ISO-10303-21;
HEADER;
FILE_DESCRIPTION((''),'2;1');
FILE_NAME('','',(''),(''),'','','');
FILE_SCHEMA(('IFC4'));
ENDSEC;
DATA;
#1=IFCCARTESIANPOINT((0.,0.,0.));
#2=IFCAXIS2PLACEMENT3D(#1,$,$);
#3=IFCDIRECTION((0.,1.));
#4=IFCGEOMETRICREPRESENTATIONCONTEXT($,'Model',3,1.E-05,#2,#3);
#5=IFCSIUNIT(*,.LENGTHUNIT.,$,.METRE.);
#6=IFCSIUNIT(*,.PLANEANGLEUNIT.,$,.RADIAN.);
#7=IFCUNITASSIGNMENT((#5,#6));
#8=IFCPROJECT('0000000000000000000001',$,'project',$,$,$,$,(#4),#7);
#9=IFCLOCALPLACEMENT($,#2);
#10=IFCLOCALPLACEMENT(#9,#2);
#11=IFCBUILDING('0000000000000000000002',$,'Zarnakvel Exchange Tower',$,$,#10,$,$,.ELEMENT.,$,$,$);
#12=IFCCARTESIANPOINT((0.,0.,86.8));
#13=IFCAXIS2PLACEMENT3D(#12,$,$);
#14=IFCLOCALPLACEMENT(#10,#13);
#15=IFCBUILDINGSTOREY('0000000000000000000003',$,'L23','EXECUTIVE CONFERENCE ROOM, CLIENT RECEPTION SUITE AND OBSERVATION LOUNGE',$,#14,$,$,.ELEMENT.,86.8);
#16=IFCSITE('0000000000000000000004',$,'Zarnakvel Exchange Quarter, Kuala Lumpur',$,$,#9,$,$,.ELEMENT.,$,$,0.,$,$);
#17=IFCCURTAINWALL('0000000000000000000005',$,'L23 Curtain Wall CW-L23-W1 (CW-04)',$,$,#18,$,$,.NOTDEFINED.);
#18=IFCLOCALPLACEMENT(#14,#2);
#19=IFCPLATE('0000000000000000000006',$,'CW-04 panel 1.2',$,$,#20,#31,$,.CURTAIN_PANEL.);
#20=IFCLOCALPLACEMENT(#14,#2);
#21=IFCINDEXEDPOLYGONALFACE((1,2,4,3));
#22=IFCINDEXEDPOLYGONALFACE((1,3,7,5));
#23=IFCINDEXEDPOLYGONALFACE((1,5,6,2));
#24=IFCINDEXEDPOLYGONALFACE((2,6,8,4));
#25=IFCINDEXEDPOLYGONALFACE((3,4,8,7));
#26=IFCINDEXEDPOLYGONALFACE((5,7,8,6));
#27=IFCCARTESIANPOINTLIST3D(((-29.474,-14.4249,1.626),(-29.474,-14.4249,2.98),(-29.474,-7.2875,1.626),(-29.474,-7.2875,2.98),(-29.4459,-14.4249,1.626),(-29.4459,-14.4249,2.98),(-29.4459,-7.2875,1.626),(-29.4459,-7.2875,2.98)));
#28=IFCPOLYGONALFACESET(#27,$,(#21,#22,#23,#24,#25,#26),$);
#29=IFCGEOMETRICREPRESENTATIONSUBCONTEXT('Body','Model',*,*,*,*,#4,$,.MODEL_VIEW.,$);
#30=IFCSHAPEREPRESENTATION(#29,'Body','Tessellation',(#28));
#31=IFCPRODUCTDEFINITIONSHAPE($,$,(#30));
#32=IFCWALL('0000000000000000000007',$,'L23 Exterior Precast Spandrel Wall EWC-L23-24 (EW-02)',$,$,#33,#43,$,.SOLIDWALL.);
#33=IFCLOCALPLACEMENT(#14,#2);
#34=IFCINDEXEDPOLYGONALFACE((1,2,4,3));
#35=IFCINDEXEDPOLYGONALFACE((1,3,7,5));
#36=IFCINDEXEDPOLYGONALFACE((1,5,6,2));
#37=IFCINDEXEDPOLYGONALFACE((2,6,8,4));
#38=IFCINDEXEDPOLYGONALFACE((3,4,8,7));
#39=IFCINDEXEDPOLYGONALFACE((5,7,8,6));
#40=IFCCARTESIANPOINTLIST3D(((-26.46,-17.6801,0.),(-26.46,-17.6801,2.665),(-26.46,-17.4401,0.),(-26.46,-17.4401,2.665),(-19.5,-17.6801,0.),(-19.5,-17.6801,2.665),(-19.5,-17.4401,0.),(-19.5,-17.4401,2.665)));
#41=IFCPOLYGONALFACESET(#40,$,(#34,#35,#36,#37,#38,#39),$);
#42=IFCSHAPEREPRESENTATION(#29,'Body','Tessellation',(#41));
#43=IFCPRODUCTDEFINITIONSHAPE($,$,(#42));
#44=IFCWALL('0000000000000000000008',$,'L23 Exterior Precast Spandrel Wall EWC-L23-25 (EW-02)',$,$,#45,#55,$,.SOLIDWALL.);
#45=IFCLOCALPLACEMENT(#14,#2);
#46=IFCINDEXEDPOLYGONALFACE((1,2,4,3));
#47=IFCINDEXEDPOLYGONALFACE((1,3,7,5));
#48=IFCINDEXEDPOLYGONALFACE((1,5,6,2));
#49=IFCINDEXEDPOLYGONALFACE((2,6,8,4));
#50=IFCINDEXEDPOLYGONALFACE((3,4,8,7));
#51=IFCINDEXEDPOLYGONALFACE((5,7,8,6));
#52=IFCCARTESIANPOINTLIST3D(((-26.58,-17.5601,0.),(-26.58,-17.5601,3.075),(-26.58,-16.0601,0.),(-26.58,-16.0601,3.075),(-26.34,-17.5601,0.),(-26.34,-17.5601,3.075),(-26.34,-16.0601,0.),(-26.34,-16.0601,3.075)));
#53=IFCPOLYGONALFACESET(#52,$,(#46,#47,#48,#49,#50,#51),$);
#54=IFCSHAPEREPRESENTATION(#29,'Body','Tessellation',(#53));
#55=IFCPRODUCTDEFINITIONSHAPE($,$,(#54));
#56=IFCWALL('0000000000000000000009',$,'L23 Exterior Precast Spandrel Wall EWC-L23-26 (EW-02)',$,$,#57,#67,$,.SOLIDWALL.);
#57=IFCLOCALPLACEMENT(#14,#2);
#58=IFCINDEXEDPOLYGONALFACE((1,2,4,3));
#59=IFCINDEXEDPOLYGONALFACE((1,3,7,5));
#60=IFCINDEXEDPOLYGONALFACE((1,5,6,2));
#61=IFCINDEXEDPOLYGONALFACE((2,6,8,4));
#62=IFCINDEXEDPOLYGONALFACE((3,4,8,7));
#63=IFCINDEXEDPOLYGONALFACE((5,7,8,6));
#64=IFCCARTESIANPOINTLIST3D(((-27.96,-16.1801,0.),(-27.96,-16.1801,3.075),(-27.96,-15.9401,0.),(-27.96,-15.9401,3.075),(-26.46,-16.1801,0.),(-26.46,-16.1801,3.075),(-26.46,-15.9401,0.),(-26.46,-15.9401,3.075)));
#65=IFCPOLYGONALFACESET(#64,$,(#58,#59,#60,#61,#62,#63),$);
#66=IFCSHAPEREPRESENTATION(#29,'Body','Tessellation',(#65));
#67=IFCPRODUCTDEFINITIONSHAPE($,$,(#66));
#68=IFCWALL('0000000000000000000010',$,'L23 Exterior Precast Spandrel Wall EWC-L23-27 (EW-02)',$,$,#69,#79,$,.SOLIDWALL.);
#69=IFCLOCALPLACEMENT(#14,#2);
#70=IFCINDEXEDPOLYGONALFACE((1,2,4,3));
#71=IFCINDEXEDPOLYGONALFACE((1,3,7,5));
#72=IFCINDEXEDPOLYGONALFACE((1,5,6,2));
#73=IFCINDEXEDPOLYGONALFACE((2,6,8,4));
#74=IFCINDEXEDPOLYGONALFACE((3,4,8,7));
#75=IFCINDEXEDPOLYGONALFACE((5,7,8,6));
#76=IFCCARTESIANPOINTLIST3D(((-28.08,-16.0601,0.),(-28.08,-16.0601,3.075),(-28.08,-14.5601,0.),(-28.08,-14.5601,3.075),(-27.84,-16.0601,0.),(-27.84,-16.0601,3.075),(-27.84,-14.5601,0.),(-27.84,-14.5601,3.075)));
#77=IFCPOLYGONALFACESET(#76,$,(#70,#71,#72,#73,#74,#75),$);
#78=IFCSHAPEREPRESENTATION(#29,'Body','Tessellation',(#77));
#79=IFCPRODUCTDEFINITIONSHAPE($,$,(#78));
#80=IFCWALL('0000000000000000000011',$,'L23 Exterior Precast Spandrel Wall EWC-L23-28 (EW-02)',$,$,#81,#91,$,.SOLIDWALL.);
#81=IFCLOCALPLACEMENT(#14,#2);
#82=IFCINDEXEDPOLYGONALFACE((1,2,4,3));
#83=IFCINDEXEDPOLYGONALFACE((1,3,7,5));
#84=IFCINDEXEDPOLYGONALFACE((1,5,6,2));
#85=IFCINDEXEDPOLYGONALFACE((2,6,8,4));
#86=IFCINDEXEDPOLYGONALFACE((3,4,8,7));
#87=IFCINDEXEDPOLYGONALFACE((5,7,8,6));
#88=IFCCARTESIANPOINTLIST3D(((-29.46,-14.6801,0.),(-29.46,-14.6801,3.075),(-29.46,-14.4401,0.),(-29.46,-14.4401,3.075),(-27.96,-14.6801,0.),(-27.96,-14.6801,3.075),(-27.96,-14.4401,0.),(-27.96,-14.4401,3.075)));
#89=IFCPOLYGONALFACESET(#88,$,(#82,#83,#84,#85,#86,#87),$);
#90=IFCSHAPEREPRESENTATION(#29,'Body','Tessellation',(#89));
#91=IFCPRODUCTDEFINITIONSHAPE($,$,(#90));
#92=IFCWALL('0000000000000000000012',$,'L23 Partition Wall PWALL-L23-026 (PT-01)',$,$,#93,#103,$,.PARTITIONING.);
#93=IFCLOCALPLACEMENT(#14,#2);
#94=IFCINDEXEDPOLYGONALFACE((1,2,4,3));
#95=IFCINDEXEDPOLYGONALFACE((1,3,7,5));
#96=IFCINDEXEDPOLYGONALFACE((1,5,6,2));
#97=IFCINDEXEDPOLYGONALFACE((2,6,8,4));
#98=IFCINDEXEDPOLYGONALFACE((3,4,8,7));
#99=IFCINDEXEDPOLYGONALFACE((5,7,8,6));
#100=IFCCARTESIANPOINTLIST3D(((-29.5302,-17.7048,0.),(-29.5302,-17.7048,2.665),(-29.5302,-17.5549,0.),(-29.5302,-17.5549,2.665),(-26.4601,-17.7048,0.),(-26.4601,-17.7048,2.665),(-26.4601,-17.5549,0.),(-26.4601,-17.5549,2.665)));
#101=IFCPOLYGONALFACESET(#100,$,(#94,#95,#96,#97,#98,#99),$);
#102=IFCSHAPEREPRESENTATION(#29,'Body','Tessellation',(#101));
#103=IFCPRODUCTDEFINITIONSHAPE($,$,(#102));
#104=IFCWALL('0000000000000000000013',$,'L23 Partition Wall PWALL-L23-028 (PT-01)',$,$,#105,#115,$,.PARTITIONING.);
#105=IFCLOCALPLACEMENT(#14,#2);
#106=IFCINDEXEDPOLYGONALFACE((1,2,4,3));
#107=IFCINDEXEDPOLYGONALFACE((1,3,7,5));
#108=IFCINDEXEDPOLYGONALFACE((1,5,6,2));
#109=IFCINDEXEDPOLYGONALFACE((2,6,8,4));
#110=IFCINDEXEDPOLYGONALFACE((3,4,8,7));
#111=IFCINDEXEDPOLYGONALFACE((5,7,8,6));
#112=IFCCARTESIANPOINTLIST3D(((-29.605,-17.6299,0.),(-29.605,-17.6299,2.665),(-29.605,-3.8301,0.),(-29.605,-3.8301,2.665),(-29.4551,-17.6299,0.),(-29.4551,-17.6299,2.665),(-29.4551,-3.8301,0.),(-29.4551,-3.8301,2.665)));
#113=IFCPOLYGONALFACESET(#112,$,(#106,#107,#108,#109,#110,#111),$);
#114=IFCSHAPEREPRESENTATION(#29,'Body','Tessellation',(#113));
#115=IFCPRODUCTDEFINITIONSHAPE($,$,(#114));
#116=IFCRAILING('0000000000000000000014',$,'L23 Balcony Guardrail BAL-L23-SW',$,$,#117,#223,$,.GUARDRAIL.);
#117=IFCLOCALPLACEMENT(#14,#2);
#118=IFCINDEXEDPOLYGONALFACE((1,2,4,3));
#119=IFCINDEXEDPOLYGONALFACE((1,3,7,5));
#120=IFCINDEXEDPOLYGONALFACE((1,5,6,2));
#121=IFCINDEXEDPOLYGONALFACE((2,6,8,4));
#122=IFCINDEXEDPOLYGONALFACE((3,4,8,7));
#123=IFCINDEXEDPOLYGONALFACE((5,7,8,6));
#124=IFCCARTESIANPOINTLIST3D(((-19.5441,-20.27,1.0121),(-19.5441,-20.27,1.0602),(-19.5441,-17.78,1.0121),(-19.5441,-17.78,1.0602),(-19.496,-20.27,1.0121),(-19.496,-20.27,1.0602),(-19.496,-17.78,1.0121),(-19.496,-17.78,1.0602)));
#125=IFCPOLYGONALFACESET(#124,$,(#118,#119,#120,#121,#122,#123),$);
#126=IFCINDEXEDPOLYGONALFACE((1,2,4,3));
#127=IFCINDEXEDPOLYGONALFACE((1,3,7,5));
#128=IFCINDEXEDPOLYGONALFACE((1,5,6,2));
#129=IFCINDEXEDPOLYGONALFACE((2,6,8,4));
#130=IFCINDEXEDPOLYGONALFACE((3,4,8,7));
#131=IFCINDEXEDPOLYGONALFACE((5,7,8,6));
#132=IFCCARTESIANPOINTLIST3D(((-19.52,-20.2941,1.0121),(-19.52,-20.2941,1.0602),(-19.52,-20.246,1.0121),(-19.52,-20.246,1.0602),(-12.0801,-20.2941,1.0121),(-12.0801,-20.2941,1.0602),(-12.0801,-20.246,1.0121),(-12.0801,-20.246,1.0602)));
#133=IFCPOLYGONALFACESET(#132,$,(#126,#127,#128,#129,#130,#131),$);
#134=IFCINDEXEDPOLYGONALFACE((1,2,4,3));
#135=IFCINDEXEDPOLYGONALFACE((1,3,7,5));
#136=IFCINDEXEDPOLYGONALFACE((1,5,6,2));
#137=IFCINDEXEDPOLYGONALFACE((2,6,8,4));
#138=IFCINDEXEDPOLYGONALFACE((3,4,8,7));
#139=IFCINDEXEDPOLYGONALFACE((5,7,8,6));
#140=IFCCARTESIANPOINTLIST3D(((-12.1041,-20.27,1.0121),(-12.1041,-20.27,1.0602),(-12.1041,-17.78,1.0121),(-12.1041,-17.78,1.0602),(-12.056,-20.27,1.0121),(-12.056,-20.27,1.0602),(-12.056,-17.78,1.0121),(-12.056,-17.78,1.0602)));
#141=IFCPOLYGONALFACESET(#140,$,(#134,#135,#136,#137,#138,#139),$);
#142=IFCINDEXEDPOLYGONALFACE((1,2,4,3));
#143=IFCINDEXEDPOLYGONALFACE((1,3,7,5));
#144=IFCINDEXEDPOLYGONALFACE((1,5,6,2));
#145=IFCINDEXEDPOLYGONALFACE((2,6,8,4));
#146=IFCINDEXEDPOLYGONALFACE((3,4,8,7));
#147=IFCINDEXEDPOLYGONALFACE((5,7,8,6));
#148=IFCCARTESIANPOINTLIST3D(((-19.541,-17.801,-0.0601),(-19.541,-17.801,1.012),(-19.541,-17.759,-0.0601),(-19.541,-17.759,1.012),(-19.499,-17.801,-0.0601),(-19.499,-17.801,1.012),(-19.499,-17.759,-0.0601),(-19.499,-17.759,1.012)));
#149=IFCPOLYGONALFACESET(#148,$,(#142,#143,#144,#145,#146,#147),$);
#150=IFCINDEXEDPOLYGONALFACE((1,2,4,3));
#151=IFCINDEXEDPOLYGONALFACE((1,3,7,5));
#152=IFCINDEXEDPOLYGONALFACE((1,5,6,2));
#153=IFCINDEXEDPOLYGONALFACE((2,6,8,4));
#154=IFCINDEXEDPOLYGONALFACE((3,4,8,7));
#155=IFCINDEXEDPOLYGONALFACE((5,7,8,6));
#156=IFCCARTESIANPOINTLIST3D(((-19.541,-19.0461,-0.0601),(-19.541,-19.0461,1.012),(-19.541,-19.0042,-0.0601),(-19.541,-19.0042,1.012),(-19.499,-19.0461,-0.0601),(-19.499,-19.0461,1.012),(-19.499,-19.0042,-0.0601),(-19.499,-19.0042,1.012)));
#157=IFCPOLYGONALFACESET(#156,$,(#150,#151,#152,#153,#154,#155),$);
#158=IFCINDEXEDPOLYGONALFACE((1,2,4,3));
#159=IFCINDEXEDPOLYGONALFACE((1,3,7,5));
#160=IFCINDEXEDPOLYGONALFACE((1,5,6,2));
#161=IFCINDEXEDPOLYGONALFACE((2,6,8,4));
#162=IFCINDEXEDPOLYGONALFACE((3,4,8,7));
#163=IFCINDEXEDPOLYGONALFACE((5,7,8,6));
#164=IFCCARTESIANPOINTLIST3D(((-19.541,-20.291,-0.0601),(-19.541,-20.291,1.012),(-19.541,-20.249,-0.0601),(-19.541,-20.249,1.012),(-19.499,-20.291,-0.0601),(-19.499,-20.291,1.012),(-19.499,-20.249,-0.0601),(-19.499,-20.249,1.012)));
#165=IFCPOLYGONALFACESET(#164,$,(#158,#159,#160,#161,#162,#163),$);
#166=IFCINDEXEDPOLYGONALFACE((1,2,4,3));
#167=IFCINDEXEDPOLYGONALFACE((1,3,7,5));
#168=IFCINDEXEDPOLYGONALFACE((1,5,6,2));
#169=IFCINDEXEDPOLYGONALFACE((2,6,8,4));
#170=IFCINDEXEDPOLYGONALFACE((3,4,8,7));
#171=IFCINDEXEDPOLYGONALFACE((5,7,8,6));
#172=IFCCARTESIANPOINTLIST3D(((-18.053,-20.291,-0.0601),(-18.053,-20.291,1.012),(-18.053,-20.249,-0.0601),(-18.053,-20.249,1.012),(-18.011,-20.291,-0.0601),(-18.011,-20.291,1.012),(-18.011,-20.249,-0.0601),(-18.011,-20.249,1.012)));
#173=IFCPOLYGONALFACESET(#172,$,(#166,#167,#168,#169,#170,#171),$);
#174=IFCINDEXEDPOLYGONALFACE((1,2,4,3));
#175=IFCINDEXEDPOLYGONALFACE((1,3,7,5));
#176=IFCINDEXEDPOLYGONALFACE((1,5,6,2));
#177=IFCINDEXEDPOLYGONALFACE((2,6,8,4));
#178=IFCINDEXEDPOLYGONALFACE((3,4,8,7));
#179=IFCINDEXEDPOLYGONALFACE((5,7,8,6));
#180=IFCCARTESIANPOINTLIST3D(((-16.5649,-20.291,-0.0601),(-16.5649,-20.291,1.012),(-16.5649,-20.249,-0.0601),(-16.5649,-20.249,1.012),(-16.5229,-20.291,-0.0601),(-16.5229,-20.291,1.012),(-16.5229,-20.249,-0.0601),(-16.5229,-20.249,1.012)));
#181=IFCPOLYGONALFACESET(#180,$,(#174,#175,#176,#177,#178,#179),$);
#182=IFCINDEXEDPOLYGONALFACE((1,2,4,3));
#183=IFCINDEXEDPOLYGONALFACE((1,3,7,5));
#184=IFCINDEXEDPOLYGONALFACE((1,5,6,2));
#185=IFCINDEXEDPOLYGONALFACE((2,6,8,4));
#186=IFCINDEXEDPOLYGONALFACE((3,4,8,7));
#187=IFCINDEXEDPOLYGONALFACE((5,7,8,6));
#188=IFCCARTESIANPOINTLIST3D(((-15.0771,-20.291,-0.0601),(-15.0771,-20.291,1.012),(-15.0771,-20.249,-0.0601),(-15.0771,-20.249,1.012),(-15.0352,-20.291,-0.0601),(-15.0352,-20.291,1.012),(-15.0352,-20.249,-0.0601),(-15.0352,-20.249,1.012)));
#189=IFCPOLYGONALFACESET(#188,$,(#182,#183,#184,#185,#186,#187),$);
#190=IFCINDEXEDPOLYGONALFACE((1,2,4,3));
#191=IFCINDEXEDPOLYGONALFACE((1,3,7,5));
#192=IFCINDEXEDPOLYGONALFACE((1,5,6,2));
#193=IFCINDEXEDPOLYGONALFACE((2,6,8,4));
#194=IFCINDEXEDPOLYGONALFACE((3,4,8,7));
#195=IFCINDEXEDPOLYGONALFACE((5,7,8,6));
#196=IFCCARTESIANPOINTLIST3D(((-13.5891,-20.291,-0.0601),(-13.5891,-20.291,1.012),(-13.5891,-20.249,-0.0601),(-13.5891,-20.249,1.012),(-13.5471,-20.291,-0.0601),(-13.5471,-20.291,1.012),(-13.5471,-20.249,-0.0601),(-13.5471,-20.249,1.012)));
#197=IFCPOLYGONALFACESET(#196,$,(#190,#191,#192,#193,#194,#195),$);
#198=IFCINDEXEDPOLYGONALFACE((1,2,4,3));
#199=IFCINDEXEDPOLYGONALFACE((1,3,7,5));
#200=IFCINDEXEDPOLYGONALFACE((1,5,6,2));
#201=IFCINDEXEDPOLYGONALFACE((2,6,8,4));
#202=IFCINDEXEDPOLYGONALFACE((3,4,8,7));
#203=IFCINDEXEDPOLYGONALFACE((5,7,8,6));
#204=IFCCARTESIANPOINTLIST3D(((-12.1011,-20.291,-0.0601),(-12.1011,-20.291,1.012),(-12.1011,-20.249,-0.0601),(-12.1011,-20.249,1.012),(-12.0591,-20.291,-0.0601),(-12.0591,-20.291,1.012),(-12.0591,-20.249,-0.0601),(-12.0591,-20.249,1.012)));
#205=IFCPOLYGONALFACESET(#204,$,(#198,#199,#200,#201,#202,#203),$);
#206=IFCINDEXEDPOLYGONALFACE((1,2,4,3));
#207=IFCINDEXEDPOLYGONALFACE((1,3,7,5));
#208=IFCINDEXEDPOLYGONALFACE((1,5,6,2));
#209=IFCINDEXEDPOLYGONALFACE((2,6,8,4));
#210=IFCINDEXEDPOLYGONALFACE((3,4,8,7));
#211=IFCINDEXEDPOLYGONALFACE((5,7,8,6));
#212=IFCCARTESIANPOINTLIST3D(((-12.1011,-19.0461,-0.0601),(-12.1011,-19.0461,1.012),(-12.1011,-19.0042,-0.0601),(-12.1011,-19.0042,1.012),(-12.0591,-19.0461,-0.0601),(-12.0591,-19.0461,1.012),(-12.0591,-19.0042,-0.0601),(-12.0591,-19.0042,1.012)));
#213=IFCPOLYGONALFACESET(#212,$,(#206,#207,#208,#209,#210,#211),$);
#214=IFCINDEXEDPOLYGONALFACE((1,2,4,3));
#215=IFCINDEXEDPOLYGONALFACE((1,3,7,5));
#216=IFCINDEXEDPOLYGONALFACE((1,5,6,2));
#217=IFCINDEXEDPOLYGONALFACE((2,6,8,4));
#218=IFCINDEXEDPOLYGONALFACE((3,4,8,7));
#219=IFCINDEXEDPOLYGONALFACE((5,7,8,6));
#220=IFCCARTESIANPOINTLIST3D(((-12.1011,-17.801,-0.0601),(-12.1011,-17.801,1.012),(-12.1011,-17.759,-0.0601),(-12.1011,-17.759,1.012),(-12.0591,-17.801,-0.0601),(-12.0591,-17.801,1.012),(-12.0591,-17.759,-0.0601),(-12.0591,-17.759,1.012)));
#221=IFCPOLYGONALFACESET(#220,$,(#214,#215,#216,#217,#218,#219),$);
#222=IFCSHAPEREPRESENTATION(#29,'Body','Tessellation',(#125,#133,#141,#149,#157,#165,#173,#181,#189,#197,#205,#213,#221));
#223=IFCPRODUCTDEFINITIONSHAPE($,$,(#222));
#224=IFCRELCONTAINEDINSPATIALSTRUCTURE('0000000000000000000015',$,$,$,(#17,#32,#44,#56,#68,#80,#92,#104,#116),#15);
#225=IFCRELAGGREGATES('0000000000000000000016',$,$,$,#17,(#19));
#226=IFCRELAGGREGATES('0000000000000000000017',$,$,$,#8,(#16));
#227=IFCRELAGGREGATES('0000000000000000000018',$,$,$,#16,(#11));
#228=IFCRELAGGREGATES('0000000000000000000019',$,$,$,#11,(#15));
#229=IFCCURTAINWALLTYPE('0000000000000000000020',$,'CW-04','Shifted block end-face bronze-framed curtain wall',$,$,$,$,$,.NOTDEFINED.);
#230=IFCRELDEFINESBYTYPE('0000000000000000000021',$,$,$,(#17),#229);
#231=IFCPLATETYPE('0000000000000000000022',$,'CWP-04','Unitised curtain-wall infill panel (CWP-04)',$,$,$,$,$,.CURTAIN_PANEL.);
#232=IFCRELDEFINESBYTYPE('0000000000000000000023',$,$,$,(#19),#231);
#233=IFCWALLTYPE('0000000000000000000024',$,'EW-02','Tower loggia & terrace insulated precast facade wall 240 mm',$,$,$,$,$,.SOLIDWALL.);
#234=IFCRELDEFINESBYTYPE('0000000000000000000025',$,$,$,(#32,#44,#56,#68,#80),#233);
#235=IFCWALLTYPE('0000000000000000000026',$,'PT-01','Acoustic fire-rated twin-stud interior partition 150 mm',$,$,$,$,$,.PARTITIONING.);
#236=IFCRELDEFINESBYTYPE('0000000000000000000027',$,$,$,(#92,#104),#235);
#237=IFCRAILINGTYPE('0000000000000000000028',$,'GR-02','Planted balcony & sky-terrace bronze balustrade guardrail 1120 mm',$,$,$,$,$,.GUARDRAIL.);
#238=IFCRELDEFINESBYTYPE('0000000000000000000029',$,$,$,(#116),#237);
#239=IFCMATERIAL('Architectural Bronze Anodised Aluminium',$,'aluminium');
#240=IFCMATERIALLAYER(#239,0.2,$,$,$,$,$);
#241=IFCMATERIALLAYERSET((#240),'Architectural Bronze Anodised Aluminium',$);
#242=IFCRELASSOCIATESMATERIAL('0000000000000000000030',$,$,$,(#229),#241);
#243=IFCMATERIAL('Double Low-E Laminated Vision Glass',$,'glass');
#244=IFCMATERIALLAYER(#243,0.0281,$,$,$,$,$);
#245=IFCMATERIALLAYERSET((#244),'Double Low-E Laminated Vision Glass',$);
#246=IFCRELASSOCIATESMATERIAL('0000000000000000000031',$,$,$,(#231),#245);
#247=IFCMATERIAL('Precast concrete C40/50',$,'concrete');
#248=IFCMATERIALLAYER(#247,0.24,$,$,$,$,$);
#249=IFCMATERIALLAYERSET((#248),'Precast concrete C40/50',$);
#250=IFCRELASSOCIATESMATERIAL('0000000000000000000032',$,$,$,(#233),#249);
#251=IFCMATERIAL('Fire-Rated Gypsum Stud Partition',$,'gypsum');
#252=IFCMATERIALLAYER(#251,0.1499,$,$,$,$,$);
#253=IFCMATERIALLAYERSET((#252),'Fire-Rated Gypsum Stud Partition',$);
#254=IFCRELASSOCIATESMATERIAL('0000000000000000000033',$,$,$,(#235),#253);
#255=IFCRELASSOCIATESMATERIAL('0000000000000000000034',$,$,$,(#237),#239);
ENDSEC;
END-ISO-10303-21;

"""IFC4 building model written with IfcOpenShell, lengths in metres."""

from ifc_helpers import new_model, si_unit, direction, frame, frame_2d, origin, origin_2d, place, context, subcontext, project, spatial, rectangle, extrude, source, transform, mapped, material, layer, layer_set, type_object, element, aggregate, save


model = new_model("IFC4")

# Units and contexts
model_context = context("Model", 3, precision=1e-05, world=origin(), true_north=direction((0.0, 1.0)))
body_context = subcontext(model_context, "Body", "Model", "MODEL_VIEW")
ifc_project = project(units=[si_unit("LENGTHUNIT", "METRE"), si_unit("PLANEANGLEUNIT", "RADIAN")], contexts=[model_context])

# Site, building, storey
site_placement = place(None, origin())
site = spatial("IfcSite", under=ifc_project, at=site_placement, Name="Zarnakvel Exchange Quarter, Kuala Lumpur", CompositionType="ELEMENT", RefElevation=0.0)
building_placement = place(site_placement, origin())
building = spatial("IfcBuilding", under=site, at=building_placement, Name="Zarnakvel Exchange Tower", CompositionType="ELEMENT")
storey_placement = place(building_placement, frame((0.0, 0.0, 86.8)))
storey = spatial("IfcBuildingStorey", under=building, at=storey_placement, Name="L23", Description="EXECUTIVE CONFERENCE ROOM, CLIENT RECEPTION SUITE AND OBSERVATION LOUNGE", CompositionType="ELEMENT", Elevation=86.8)

# Curtain wall, plate
ifc_material_1 = material(Name="Architectural Bronze Anodised Aluminium", Category="aluminium")
ifc_layer_1 = layer(ifc_material_1, 0.2)
ifc_layer_set_1 = layer_set([ifc_layer_1], Name="Architectural Bronze Anodised Aluminium")
curtain_wall_type = type_object("IfcCurtainWallType", Name="CW-04", Description="Shifted block end-face bronze-framed curtain wall", PredefinedType="NOTDEFINED", material=ifc_layer_set_1)
curtain_wall_placement = place(storey_placement, origin())
curtain_wall = element("IfcCurtainWall", 1, at=curtain_wall_placement, inside=storey, type_object=curtain_wall_type, Name="L23 Curtain Wall CW-L23-W1 (CW-04)", PredefinedType="NOTDEFINED")
ifc_material_2 = material(Name="Double Low-E Laminated Vision Glass", Category="glass")
ifc_layer_2 = layer(ifc_material_2, 0.0281)
ifc_layer_set_2 = layer_set([ifc_layer_2], Name="Double Low-E Laminated Vision Glass")
plate_type = type_object("IfcPlateType", Name="CWP-04", Description="Unitised curtain-wall infill panel (CWP-04)", PredefinedType="CURTAIN_PANEL", material=ifc_layer_set_2)
shared_shape_1 = source(origin(), body_context, "Body", "SweptSolid", [
    extrude(rectangle(XDim=7.1375, YDim=0.0281, at=origin_2d()), origin(), (0.0, 0.0, 1.0), 1.354),
])
plate_1_placement = place(storey_placement, frame((-29.46, -10.8562, 1.626), z_axis=(0.0, 0.0, 1.0), x_axis=(0.0, 1.0, 0.0)))
plate_1 = element("IfcPlate", 2, at=plate_1_placement, type_object=plate_type, Name="CW-04 panel 1.2", PredefinedType="CURTAIN_PANEL", context=body_context, shape_type="MappedRepresentation", body=[
    mapped(shared_shape_1, transform((0.0, 0.0, 0.0), x_axis=(1.0, 0.0, 0.0), y_axis=(0.0, 1.0, 0.0), z_axis=(0.0, 0.0, 1.0), scale=1.0)),
])
aggregate(curtain_wall, [plate_1])

# Walls
ifc_material_3 = material(Name="Precast concrete C40/50", Category="concrete")
ifc_layer_3 = layer(ifc_material_3, 0.24)
ifc_layer_set_3 = layer_set([ifc_layer_3], Name="Precast concrete C40/50")
wall_type_1 = type_object("IfcWallType", Name="EW-02", Description="Tower loggia & terrace insulated precast facade wall 240 mm", PredefinedType="SOLIDWALL", material=ifc_layer_set_3)
wall_1_placement = place(storey_placement, frame((-26.46, -17.5601, 0.0), z_axis=(0.0, 0.0, 1.0), x_axis=(1.0, 0.0, 0.0)))
element("IfcWall", 3, at=wall_1_placement, inside=storey, type_object=wall_type_1, Name="L23 Exterior Precast Spandrel Wall EWC-L23-24 (EW-02)", PredefinedType="SOLIDWALL", context=body_context, shape_type="SweptSolid", body=[
    extrude(rectangle(XDim=6.96, YDim=0.24, at=frame_2d((3.48, 0.0))), origin(), (0.0, 0.0, 1.0), 2.665),
])
for number, where, z_axis, x_axis, name in (
    (4, (-26.46, -16.0601, 0.0), (0.0, 0.0, 1.0), (0.0, -1.0, 0.0), "L23 Exterior Precast Spandrel Wall EWC-L23-25 (EW-02)"),
    (5, (-27.96, -16.0601, 0.0), (0.0, 0.0, 1.0), (1.0, 0.0, 0.0), "L23 Exterior Precast Spandrel Wall EWC-L23-26 (EW-02)"),
    (6, (-27.96, -14.5601, 0.0), (0.0, 0.0, 1.0), (0.0, -1.0, 0.0), "L23 Exterior Precast Spandrel Wall EWC-L23-27 (EW-02)"),
    (7, (-29.46, -14.5601, 0.0), (0.0, 0.0, 1.0), (1.0, 0.0, 0.0), "L23 Exterior Precast Spandrel Wall EWC-L23-28 (EW-02)"),
):
    element("IfcWall", number, at=place(storey_placement, frame(where, z_axis=z_axis, x_axis=x_axis)), inside=storey, type_object=wall_type_1, Name=name, PredefinedType="SOLIDWALL", context=body_context, shape_type="SweptSolid", body=[
        extrude(rectangle(XDim=1.5, YDim=0.24, at=frame_2d((0.75, 0.0))), origin(), (0.0, 0.0, 1.0), 3.075),
    ])
ifc_material_4 = material(Name="Fire-Rated Gypsum Stud Partition", Category="gypsum")
ifc_layer_4 = layer(ifc_material_4, 0.1499)
ifc_layer_set_4 = layer_set([ifc_layer_4], Name="Fire-Rated Gypsum Stud Partition")
wall_type_2 = type_object("IfcWallType", Name="PT-01", Description="Acoustic fire-rated twin-stud interior partition 150 mm", PredefinedType="PARTITIONING", material=ifc_layer_set_4)
wall_2_placement = place(storey_placement, frame((-26.46, -17.6299, 0.0), z_axis=(0.0, 0.0, 1.0), x_axis=(-1.0, 0.0, 0.0)))
element("IfcWall", 8, at=wall_2_placement, inside=storey, type_object=wall_type_2, Name="L23 Partition Wall PWALL-L23-026 (PT-01)", PredefinedType="PARTITIONING", context=body_context, shape_type="SweptSolid", body=[
    extrude(rectangle(XDim=3.0701, YDim=0.1499, at=frame_2d((1.5352, 0.0))), origin(), (0.0, 0.0, 1.0), 2.665),
])
wall_3_placement = place(storey_placement, frame((-29.53, -17.6299, 0.0), z_axis=(0.0, 0.0, 1.0), x_axis=(0.0, 1.0, 0.0)))
element("IfcWall", 9, at=wall_3_placement, inside=storey, type_object=wall_type_2, Name="L23 Partition Wall PWALL-L23-028 (PT-01)", PredefinedType="PARTITIONING", context=body_context, shape_type="SweptSolid", body=[
    extrude(rectangle(XDim=13.7998, YDim=0.1499, at=frame_2d((6.8999, 0.0))), origin(), (0.0, 0.0, 1.0), 2.665),
])

# Railing
railing_type = type_object("IfcRailingType", Name="GR-02", Description="Planted balcony & sky-terrace bronze balustrade guardrail 1120 mm", PredefinedType="GUARDRAIL", material=ifc_material_1)
railing_placement = place(storey_placement, frame((-19.52, -17.78, -0.0601)))
element("IfcRailing", 10, at=railing_placement, inside=storey, type_object=railing_type, Name="L23 Balcony Guardrail BAL-L23-SW", PredefinedType="GUARDRAIL", context=body_context, shape_type="SweptSolid", body=[
    extrude(rectangle(XDim=0.0481, YDim=0.0481, at=origin_2d()), frame((0.0, 0.0, 1.0962), z_axis=(0.0, -1.0, 0.0), x_axis=(1.0, 0.0, 0.0)), (0.0, 0.0, 1.0), 2.49),
    extrude(rectangle(XDim=0.0481, YDim=0.0481, at=origin_2d()), frame((0.0, -2.49, 1.0962), z_axis=(1.0, 0.0, 0.0), x_axis=(0.0, 1.0, 0.0)), (0.0, 0.0, 1.0), 7.4399),
    extrude(rectangle(XDim=0.0481, YDim=0.0481, at=origin_2d()), frame((7.4399, -2.49, 1.0962), z_axis=(0.0, 1.0, 0.0), x_axis=(-1.0, 0.0, 0.0)), (0.0, 0.0, 1.0), 2.49),
    extrude(rectangle(XDim=0.042, YDim=0.042, at=origin_2d()), origin(), (0.0, 0.0, 1.0), 1.072),
    extrude(rectangle(XDim=0.042, YDim=0.042, at=origin_2d()), frame((0.0, -1.2451, 0.0)), (0.0, 0.0, 1.0), 1.072),
    extrude(rectangle(XDim=0.042, YDim=0.042, at=origin_2d()), frame((0.0, -2.49, 0.0)), (0.0, 0.0, 1.0), 1.072),
    extrude(rectangle(XDim=0.042, YDim=0.042, at=origin_2d()), frame((1.488, -2.49, 0.0)), (0.0, 0.0, 1.0), 1.072),
    extrude(rectangle(XDim=0.042, YDim=0.042, at=origin_2d()), frame((2.9761, -2.49, 0.0)), (0.0, 0.0, 1.0), 1.072),
    extrude(rectangle(XDim=0.042, YDim=0.042, at=origin_2d()), frame((4.4639, -2.49, 0.0)), (0.0, 0.0, 1.0), 1.072),
    extrude(rectangle(XDim=0.042, YDim=0.042, at=origin_2d()), frame((5.9519, -2.49, 0.0)), (0.0, 0.0, 1.0), 1.072),
    extrude(rectangle(XDim=0.042, YDim=0.042, at=origin_2d()), frame((7.4399, -2.49, 0.0)), (0.0, 0.0, 1.0), 1.072),
    extrude(rectangle(XDim=0.042, YDim=0.042, at=origin_2d()), frame((7.4399, -1.2451, 0.0)), (0.0, 0.0, 1.0), 1.072),
    extrude(rectangle(XDim=0.042, YDim=0.042, at=origin_2d()), frame((7.4399, 0.0, 0.0)), (0.0, 0.0, 1.0), 1.072),
])

save(model, "model.ifc")
